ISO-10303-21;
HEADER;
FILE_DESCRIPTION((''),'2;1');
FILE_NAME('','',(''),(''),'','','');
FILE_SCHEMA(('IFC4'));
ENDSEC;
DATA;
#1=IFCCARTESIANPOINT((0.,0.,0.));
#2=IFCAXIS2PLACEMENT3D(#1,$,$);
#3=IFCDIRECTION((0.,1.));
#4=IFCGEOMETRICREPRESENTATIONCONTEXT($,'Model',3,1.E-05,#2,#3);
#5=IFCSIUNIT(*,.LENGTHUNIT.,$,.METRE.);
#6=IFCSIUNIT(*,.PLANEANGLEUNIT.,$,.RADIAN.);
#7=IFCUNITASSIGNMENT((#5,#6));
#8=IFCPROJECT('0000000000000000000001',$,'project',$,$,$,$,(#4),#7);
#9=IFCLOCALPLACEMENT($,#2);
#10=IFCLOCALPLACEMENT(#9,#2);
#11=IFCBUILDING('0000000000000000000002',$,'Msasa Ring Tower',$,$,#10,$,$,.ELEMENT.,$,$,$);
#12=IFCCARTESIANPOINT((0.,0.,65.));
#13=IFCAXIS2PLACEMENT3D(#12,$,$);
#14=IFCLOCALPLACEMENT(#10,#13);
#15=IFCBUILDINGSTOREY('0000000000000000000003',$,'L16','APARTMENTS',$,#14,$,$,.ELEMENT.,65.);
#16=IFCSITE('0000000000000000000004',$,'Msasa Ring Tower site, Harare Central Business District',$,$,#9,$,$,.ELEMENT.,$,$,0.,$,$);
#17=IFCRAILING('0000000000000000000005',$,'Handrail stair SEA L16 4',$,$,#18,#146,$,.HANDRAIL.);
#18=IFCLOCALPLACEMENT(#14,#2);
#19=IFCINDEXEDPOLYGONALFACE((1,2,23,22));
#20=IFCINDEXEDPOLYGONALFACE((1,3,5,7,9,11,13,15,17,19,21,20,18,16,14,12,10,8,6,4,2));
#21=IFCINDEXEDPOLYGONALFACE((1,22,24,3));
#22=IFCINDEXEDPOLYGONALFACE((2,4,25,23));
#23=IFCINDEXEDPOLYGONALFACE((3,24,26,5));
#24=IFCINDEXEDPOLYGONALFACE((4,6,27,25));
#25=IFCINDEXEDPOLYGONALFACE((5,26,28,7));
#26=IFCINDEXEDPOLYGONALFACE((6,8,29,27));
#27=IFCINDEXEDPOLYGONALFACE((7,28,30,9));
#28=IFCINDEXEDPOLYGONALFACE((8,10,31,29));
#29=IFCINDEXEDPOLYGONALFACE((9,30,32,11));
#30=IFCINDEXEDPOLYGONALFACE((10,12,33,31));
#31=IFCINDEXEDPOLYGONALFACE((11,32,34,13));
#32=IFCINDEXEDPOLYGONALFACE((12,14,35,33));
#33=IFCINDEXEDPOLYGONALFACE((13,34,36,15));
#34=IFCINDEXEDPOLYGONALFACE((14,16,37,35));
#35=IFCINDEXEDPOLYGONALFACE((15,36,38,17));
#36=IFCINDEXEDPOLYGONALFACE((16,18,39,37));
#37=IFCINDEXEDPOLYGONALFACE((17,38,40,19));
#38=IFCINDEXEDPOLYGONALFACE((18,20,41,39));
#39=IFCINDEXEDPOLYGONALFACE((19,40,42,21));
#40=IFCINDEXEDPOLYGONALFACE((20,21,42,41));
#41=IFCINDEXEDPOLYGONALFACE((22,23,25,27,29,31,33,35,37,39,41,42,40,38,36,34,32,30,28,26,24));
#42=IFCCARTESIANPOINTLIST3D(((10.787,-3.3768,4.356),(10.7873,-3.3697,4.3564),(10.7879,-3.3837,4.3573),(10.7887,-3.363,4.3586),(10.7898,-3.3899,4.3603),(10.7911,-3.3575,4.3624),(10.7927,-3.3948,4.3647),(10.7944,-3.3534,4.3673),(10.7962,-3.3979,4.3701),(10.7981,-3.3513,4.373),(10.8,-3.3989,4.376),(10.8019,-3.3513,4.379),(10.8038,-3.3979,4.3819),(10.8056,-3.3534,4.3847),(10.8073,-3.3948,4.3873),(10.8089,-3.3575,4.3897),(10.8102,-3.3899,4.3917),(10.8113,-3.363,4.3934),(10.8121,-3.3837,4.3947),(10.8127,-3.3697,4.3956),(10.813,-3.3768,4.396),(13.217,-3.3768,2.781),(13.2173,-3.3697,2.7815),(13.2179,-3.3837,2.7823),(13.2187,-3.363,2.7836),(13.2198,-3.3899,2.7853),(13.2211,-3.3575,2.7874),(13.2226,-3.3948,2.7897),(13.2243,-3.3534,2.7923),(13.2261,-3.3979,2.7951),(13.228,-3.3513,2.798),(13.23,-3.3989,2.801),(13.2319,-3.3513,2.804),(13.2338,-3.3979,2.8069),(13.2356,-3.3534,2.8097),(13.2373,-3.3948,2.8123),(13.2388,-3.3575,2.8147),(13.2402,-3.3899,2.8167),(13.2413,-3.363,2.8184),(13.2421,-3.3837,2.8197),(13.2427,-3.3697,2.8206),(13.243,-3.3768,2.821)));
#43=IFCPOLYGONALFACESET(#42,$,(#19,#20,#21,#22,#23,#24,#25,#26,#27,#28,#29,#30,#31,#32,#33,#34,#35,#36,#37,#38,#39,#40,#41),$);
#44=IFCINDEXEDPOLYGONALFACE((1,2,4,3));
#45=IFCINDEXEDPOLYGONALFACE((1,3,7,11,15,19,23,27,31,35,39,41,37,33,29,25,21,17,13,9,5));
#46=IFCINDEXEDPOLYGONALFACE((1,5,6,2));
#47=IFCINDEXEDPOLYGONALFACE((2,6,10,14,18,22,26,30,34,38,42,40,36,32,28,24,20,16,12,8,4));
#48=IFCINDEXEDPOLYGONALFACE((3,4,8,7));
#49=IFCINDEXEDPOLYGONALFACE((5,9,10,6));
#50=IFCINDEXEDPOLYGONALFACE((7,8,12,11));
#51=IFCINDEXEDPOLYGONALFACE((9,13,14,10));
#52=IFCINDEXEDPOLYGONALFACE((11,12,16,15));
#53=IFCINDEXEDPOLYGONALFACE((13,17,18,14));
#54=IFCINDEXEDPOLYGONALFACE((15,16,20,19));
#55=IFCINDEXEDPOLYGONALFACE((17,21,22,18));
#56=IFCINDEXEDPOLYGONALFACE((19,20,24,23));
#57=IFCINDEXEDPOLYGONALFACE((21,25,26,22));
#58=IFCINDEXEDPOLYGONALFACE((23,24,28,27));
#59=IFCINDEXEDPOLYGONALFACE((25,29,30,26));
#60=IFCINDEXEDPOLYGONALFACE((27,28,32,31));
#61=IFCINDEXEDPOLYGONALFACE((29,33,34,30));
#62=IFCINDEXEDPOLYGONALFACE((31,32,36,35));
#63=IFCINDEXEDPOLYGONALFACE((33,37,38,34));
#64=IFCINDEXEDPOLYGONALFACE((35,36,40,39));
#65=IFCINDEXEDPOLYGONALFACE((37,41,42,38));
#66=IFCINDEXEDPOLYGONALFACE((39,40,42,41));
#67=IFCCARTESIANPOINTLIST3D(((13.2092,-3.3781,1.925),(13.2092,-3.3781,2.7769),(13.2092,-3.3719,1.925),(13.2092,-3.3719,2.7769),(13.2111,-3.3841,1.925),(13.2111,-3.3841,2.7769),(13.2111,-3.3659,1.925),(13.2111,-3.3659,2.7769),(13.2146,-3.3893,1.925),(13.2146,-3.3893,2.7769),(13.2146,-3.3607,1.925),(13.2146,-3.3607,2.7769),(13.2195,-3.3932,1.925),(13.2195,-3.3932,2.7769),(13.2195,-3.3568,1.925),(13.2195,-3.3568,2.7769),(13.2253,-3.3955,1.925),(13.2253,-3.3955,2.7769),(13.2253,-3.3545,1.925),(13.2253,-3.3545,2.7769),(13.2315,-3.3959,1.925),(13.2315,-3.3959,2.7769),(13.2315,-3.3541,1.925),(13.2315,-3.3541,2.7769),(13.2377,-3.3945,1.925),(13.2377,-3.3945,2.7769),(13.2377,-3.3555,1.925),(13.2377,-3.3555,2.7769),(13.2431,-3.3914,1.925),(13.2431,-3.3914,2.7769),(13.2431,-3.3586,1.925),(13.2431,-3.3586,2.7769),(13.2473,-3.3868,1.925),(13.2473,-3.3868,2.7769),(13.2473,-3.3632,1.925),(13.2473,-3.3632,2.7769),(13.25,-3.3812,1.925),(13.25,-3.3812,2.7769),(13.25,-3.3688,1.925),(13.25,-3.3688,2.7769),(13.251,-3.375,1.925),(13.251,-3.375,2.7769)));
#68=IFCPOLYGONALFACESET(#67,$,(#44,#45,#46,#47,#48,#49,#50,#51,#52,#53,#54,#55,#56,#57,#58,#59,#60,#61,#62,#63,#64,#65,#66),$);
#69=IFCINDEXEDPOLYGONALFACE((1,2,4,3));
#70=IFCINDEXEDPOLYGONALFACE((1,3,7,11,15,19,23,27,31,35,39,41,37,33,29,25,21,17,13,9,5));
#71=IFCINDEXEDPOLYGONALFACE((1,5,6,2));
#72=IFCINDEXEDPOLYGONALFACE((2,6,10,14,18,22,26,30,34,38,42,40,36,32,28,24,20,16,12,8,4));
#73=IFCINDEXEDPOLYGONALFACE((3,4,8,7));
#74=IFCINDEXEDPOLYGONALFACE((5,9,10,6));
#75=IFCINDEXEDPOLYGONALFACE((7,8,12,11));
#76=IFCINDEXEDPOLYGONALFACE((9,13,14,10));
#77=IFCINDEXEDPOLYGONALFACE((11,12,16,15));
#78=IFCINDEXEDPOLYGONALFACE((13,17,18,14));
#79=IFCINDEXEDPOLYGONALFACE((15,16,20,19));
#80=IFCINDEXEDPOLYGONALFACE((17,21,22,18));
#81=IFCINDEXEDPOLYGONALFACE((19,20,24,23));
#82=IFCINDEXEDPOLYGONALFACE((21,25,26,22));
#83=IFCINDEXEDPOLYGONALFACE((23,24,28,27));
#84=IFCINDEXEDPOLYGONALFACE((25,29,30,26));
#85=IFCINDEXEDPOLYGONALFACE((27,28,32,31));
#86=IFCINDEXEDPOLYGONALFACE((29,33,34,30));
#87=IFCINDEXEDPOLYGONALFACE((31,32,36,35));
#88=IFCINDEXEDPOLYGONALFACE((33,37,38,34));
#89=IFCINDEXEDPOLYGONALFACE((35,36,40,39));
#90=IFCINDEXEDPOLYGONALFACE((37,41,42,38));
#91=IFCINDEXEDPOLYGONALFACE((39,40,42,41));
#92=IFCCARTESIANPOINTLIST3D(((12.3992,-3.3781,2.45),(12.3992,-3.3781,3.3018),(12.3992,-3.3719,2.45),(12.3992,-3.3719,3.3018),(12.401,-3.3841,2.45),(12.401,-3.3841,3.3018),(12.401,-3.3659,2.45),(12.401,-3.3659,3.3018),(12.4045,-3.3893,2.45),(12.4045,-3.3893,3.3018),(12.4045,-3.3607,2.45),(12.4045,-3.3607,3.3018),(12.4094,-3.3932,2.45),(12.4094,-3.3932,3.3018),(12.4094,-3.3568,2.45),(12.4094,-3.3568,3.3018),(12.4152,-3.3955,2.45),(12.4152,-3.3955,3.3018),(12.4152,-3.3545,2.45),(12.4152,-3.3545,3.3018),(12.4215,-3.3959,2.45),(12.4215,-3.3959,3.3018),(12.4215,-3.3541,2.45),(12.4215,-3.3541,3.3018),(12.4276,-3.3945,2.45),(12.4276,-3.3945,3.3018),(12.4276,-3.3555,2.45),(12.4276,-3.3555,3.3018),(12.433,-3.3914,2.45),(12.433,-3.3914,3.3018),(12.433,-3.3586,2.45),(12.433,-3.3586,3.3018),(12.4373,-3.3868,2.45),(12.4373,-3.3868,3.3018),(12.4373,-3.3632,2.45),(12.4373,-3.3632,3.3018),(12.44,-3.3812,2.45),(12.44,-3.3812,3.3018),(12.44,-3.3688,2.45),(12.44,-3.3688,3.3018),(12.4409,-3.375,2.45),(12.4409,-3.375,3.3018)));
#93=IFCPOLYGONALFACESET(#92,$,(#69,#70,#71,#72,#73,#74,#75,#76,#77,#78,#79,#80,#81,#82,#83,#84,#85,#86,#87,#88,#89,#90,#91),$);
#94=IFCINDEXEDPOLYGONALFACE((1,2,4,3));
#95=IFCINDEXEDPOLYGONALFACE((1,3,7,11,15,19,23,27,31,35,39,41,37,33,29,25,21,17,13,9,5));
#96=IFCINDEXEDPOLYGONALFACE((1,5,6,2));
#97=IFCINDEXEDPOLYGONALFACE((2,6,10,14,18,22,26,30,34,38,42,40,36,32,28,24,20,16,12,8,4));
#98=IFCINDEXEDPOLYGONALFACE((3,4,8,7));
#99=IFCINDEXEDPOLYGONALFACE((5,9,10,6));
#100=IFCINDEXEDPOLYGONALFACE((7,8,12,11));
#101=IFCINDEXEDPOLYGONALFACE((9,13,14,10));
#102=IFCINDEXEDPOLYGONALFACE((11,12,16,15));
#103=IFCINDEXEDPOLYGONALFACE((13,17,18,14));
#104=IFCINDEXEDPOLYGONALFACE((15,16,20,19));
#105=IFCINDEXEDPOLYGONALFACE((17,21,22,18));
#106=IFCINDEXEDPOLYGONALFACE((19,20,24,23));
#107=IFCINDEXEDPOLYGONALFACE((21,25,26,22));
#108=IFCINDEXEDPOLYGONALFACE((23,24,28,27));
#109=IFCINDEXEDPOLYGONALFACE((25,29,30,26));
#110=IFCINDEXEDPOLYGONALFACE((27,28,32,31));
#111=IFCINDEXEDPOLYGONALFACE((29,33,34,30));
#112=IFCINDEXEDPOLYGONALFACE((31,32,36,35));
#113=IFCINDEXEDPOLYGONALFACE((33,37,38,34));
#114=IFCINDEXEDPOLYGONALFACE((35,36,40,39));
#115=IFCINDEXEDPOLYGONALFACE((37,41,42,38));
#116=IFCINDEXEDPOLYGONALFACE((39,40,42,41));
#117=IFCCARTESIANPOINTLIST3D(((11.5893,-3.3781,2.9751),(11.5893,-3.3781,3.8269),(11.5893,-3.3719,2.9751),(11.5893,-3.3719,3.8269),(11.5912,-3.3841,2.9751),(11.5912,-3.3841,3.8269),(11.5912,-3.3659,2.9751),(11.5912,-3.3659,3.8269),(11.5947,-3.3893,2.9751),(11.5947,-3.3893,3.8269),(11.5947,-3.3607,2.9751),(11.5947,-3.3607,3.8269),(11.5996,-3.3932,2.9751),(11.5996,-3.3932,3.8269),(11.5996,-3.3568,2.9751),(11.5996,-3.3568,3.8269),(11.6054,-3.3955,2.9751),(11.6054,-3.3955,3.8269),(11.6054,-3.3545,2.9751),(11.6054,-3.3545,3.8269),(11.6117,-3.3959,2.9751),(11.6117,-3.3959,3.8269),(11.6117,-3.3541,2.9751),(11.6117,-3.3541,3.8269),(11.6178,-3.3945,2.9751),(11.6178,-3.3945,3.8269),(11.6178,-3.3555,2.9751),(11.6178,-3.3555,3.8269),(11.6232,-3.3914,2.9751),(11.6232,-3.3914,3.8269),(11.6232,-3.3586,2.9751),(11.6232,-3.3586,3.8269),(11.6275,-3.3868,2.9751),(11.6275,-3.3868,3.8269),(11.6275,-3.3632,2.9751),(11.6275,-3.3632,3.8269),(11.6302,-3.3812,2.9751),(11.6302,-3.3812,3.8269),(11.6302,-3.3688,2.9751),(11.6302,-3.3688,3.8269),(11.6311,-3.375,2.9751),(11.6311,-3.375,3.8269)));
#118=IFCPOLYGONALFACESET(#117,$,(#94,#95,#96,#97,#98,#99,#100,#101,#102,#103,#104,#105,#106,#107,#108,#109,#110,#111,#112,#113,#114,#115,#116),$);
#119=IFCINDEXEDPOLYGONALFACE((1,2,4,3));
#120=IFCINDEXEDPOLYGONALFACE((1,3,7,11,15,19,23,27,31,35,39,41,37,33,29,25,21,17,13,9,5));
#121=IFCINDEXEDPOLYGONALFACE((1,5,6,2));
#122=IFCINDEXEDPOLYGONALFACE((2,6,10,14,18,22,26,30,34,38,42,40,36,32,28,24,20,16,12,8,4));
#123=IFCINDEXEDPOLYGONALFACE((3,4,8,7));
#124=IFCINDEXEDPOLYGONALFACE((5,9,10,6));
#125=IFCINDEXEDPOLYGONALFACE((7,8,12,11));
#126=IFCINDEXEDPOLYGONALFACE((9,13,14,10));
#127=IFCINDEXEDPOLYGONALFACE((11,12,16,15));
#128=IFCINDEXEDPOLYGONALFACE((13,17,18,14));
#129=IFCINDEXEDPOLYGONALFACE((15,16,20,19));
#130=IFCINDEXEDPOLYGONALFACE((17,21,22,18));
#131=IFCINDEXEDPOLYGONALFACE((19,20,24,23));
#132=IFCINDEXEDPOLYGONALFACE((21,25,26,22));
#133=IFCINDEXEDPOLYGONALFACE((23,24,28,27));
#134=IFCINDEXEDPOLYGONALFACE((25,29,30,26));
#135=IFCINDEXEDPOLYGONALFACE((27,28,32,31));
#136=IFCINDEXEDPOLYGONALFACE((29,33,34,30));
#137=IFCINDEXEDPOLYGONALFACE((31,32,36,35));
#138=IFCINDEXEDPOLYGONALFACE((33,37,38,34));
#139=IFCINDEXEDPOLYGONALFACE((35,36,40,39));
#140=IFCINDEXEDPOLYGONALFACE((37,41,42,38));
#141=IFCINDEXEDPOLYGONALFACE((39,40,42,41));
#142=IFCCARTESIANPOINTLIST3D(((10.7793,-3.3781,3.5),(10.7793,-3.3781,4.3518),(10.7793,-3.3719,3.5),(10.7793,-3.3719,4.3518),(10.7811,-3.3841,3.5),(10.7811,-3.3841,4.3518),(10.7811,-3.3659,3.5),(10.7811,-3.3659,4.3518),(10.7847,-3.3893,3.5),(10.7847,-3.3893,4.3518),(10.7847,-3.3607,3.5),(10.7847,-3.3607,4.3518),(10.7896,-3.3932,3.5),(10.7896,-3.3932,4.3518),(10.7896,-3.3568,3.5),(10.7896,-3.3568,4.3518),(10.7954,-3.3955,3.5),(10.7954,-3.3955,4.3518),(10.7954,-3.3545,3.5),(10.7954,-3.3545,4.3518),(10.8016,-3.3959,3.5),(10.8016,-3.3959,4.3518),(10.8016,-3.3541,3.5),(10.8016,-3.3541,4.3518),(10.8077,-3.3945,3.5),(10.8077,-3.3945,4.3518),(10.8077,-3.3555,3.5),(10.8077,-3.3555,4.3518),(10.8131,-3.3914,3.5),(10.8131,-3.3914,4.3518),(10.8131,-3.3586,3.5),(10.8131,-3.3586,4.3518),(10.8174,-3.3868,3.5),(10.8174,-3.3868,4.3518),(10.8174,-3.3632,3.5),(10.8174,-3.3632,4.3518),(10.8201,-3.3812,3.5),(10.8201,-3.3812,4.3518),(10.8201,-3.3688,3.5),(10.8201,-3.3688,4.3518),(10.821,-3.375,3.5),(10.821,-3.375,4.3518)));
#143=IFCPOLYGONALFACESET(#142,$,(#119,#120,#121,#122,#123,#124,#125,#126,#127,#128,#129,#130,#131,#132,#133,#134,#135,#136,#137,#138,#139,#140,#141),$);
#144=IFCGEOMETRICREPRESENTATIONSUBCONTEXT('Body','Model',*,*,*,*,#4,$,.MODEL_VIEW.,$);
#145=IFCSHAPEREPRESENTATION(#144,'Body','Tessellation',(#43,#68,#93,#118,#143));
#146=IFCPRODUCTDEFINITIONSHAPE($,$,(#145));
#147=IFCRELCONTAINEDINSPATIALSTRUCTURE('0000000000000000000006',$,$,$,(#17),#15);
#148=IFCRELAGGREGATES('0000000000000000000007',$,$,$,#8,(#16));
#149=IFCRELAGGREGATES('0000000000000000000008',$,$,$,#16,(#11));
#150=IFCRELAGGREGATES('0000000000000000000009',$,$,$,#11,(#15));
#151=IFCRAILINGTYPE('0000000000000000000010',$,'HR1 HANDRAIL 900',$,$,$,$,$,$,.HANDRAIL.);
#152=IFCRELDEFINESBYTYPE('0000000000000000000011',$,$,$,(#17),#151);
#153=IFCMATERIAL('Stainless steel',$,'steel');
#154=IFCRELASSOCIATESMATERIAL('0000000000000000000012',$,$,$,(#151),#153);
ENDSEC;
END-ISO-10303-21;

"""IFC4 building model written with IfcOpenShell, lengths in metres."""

from ifc_helpers import new_model, si_unit, direction, frame, origin, origin_2d, place, context, subcontext, project, spatial, circle, extrude, material, type_object, element, save


model = new_model("IFC4")

# Units and contexts
model_context = context("Model", 3, precision=1e-05, world=origin(), true_north=direction((0.0, 1.0)))
body_context = subcontext(model_context, "Body", "Model", "MODEL_VIEW")
ifc_project = project(units=[si_unit("LENGTHUNIT", "METRE"), si_unit("PLANEANGLEUNIT", "RADIAN")], contexts=[model_context])

# Site, building, storey
site_placement = place(None, origin())
site = spatial("IfcSite", under=ifc_project, at=site_placement, Name="Msasa Ring Tower site, Harare Central Business District", CompositionType="ELEMENT", RefElevation=0.0)
building_placement = place(site_placement, origin())
building = spatial("IfcBuilding", under=site, at=building_placement, Name="Msasa Ring Tower", CompositionType="ELEMENT")
storey_placement = place(building_placement, frame((0.0, 0.0, 65.0)))
storey = spatial("IfcBuildingStorey", under=building, at=storey_placement, Name="L16", Description="APARTMENTS", CompositionType="ELEMENT", Elevation=65.0)

# Railing
ifc_material_1 = material(Name="Stainless steel", Category="steel")
railing_type = type_object("IfcRailingType", Name="HR1 HANDRAIL 900", PredefinedType="HANDRAIL", material=ifc_material_1)
railing_placement = place(storey_placement, frame((13.23, -3.375, 1.925)))
element("IfcRailing", 1, at=railing_placement, inside=storey, type_object=railing_type, Name="Handrail stair SEA L16 4", PredefinedType="HANDRAIL", context=body_context, shape_type="SweptSolid", body=[
    extrude(circle(Radius=0.0239, at=origin_2d()), frame((0.0, 0.0, 0.876), z_axis=(-0.839154, 0.0, 0.543894), x_axis=(0.0, -1.0, 0.0)), (0.0, 0.0, 1.0), 2.8958),
    extrude(circle(Radius=0.021, at=origin_2d()), origin(), (0.0, 0.0, 1.0), 0.8518),
    extrude(circle(Radius=0.021, at=origin_2d()), frame((-0.8101, 0.0, 0.5249)), (0.0, 0.0, 1.0), 0.8518),
    extrude(circle(Radius=0.021, at=origin_2d()), frame((-1.6199, 0.0, 1.05)), (0.0, 0.0, 1.0), 0.8518),
    extrude(circle(Radius=0.021, at=origin_2d()), frame((-2.4299, 0.0, 1.575)), (0.0, 0.0, 1.0), 0.8518),
])

save(model, "model.ifc")
